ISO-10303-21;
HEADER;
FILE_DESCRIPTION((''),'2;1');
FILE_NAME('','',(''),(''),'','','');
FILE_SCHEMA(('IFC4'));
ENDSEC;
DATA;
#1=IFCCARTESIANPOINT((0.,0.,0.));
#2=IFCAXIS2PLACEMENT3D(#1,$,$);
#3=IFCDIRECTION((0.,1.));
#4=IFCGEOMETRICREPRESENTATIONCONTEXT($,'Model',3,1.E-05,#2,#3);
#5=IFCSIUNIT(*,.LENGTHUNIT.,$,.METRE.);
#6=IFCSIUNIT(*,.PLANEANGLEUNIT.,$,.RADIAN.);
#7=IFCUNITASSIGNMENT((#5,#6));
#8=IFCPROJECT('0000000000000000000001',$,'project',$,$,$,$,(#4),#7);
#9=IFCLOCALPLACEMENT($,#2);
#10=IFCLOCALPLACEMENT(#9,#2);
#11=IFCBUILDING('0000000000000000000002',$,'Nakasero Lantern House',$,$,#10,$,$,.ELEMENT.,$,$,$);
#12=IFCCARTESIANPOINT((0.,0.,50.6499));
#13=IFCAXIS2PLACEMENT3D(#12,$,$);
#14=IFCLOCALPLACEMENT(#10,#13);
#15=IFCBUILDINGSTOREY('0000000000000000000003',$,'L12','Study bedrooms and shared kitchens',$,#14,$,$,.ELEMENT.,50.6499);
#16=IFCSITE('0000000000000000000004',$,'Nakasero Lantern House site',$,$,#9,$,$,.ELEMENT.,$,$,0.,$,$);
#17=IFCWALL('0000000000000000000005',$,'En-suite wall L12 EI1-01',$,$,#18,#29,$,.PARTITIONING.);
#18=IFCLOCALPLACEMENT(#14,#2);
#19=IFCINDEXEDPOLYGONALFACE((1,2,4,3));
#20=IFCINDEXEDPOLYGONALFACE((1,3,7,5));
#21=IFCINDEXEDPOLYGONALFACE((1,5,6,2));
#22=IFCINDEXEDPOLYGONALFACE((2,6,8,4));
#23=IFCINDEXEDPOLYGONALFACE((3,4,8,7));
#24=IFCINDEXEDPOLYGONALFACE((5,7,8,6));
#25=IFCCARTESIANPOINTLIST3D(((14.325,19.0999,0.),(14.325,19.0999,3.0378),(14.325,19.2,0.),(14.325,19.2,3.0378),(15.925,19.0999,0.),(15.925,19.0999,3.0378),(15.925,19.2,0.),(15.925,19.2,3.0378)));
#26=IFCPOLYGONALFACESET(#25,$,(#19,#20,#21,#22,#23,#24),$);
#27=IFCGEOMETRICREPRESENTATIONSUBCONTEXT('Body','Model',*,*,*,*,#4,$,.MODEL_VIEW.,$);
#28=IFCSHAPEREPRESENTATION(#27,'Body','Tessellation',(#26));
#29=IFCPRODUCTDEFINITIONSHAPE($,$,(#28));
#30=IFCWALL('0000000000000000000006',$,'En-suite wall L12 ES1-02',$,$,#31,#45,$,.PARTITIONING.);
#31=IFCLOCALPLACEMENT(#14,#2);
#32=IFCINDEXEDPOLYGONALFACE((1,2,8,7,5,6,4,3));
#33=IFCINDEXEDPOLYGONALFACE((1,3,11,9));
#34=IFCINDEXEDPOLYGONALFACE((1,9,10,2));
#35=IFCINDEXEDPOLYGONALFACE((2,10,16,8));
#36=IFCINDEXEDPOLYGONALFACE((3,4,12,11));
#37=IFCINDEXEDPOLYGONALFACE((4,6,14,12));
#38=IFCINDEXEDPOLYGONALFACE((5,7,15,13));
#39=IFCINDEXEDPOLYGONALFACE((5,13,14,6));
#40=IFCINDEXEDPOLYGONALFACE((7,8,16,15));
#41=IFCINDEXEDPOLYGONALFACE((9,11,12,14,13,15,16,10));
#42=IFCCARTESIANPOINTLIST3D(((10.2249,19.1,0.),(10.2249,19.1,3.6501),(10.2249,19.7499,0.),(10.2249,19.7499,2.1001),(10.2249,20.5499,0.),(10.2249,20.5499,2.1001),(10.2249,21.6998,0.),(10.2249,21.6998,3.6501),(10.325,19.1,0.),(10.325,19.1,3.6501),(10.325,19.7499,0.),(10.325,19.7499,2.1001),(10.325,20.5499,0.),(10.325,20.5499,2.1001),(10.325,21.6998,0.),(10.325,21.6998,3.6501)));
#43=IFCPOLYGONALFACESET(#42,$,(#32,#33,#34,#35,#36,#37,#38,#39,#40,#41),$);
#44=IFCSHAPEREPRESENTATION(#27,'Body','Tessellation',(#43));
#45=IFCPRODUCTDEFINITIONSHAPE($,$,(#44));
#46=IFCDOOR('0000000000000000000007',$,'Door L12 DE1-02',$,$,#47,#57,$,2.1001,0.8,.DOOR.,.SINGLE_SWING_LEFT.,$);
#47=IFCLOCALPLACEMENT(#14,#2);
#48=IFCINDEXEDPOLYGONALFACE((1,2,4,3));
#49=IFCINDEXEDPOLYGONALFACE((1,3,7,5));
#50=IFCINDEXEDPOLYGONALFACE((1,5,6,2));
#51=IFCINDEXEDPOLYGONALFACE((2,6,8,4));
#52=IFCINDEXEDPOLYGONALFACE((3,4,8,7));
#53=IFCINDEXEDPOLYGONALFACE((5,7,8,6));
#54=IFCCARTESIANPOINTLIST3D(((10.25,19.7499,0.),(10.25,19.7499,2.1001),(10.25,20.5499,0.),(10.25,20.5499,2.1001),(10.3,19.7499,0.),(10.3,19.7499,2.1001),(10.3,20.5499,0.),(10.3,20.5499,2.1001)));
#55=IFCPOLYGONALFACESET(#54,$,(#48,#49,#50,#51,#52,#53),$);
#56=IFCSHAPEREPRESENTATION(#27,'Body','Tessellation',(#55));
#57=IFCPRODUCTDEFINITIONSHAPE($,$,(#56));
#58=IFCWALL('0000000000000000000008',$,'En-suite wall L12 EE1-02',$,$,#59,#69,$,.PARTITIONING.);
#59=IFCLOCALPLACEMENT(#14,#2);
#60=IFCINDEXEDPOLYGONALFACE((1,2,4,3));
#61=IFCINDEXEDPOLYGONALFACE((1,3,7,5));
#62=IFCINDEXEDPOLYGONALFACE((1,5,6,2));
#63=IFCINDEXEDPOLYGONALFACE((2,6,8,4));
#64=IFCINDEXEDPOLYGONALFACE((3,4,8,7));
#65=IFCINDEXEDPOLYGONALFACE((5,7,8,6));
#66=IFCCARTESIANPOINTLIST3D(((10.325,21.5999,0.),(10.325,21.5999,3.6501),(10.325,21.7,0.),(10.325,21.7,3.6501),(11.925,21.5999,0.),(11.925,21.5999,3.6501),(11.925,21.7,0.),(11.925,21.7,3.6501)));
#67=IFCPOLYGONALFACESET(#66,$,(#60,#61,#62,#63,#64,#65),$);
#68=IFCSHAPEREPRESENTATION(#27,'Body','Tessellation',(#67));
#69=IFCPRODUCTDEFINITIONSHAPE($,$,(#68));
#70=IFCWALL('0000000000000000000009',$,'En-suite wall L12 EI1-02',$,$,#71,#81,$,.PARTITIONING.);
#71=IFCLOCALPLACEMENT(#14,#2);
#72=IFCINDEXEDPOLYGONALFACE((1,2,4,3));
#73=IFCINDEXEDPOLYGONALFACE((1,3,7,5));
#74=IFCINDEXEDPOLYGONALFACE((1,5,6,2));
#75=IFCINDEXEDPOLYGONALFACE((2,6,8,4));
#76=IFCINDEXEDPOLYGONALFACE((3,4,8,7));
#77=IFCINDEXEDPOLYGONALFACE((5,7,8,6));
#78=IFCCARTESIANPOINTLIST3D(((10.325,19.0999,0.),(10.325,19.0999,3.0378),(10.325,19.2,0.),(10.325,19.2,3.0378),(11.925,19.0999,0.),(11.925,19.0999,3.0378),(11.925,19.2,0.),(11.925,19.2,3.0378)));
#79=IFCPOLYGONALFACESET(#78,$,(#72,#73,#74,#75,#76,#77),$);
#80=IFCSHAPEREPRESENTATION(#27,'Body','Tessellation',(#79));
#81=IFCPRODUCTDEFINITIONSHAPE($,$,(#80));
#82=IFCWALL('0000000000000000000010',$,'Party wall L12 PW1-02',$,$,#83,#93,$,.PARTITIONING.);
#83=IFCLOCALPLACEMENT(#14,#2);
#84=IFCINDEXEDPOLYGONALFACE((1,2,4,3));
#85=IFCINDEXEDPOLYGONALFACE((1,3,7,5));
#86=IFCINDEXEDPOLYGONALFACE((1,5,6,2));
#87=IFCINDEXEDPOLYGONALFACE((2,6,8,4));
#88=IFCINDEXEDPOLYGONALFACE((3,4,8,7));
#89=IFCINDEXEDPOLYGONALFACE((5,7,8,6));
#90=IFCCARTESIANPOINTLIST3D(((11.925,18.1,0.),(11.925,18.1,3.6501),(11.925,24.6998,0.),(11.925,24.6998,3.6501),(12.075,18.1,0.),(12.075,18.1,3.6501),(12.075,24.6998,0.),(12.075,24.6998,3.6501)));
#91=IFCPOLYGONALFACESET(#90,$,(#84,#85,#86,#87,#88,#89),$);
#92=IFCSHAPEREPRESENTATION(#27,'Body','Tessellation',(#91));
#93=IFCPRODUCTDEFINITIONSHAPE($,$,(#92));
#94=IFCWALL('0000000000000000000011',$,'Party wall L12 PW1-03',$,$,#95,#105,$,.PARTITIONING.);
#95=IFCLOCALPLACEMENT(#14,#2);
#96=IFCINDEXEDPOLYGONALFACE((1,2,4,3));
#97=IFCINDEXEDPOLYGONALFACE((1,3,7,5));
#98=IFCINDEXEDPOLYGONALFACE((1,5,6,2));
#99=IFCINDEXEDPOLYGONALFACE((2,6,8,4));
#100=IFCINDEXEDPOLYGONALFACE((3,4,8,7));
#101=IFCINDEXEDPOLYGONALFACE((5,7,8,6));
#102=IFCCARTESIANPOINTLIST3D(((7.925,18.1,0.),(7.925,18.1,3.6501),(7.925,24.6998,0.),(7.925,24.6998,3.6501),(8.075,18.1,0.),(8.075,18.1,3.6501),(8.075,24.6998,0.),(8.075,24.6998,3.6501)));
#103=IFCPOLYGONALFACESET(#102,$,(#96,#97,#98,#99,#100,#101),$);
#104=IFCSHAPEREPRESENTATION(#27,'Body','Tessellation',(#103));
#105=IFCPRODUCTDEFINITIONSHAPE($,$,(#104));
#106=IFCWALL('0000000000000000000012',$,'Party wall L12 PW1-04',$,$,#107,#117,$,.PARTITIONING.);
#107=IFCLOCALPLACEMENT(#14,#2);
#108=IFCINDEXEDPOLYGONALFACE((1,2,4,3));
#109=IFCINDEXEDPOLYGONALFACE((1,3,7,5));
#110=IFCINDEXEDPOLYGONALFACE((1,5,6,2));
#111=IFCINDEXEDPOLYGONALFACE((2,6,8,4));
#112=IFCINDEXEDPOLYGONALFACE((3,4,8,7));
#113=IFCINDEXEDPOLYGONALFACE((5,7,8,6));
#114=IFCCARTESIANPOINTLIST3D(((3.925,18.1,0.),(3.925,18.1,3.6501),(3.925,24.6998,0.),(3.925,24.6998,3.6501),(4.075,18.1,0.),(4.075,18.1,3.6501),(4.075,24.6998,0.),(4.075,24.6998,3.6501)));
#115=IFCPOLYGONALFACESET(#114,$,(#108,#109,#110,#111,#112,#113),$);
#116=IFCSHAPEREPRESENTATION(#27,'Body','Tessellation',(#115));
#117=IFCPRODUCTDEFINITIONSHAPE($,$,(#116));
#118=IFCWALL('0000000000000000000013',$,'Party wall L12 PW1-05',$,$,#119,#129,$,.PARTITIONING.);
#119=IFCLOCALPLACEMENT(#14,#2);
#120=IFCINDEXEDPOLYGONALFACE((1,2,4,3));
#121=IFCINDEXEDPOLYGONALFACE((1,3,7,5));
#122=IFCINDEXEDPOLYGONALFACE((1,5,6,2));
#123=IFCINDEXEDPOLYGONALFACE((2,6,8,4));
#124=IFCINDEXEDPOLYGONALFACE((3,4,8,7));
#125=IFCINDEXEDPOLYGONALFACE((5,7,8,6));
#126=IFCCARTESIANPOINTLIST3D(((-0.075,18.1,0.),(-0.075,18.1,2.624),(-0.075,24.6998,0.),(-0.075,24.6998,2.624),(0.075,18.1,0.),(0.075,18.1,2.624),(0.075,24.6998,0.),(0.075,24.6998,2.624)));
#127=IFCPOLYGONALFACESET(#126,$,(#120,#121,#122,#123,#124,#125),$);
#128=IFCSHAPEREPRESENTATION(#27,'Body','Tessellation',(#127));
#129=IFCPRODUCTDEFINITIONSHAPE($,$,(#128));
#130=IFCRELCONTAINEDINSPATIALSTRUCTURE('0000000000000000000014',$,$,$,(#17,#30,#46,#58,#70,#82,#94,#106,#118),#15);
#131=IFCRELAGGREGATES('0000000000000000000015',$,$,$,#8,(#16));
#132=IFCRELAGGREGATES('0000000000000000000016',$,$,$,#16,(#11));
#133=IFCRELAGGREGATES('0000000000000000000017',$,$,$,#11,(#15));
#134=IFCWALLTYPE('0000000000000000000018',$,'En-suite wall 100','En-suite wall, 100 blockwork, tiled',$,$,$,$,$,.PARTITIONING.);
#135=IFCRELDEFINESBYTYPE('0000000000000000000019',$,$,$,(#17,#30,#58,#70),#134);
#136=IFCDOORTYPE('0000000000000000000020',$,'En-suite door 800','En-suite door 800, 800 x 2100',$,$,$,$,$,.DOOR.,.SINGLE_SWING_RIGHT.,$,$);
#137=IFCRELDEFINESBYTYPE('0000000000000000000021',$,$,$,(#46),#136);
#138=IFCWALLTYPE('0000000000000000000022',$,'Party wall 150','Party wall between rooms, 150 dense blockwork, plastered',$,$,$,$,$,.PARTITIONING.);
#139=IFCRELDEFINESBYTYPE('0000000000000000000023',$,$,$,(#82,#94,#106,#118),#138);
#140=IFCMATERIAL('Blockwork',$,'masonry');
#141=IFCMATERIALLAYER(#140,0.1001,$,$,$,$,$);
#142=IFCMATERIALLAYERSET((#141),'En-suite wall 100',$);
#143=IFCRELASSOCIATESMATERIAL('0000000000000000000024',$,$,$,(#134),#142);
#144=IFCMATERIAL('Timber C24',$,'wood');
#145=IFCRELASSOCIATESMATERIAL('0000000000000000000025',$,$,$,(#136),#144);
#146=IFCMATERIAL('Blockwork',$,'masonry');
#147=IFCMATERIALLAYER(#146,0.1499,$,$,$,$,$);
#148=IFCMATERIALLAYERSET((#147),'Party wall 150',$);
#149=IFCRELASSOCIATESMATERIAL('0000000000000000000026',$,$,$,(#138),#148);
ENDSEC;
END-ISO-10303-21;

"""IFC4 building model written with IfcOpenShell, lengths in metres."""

from ifc_helpers import new_model, si_unit, direction, frame, frame_2d, origin, place, context, subcontext, project, spatial, rectangle, extrude, material, layer, layer_set, type_object, element, fill, save


model = new_model("IFC4")

# Units and contexts
model_context = context("Model", 3, precision=1e-05, world=origin(), true_north=direction((0.0, 1.0)))
body_context = subcontext(model_context, "Body", "Model", "MODEL_VIEW")
ifc_project = project(units=[si_unit("LENGTHUNIT", "METRE"), si_unit("PLANEANGLEUNIT", "RADIAN")], contexts=[model_context])

# Site, building, storey
site_placement = place(None, origin())
site = spatial("IfcSite", under=ifc_project, at=site_placement, Name="Nakasero Lantern House site", CompositionType="ELEMENT", RefElevation=0.0)
building_placement = place(site_placement, origin())
building = spatial("IfcBuilding", under=site, at=building_placement, Name="Nakasero Lantern House", CompositionType="ELEMENT")
storey_placement = place(building_placement, frame((0.0, 0.0, 50.6499)))
storey = spatial("IfcBuildingStorey", under=building, at=storey_placement, Name="L12", Description="Study bedrooms and shared kitchens", CompositionType="ELEMENT", Elevation=50.6499)

# Shared definitions
ifc_material_1 = material(Name="Blockwork", Category="masonry")
ifc_layer_1 = layer(ifc_material_1, 0.1001)
ifc_layer_set_1 = layer_set([ifc_layer_1], Name="En-suite wall 100")
wall_type_1 = type_object("IfcWallType", Name="En-suite wall 100", Description="En-suite wall, 100 blockwork, tiled", PredefinedType="PARTITIONING", material=ifc_layer_set_1)
ifc_material_2 = material(Name="Timber C24", Category="wood")
door_type_1 = type_object("IfcDoorType", Name="En-suite door 800", Description="En-suite door 800, 800 x 2100", OperationType="SINGLE_SWING_RIGHT", PredefinedType="DOOR", material=ifc_material_2)

# Wall
wall_1_placement = place(storey_placement, frame((15.925, 19.1499, 0.0), z_axis=(0.0, 0.0, 1.0), x_axis=(-1.0, 0.0, 0.0)))
element("IfcWall", 1, at=wall_1_placement, inside=storey, type_object=wall_type_1, Name="En-suite wall L12 EI1-01", PredefinedType="PARTITIONING", context=body_context, shape_type="SweptSolid", body=[
    extrude(rectangle(XDim=1.6001, YDim=0.1001, at=frame_2d((0.8, 0.0))), origin(), (0.0, 0.0, 1.0), 3.0378),
])

# Wall, opening, door
wall_2_placement = place(storey_placement, frame((10.2749, 19.1001, 0.0), z_axis=(0.0, 0.0, 1.0), x_axis=(0.0, 1.0, 0.0)))
wall_2 = element("IfcWall", 2, at=wall_2_placement, inside=storey, type_object=wall_type_1, Name="En-suite wall L12 ES1-02", PredefinedType="PARTITIONING", context=body_context, shape_type="SweptSolid", body=[
    extrude(rectangle(XDim=2.5999, YDim=0.1001, at=frame_2d((1.2998, 0.0))), origin(), (0.0, 0.0, 1.0), 3.6501),
])
opening_1_placement = place(wall_2_placement, frame((0.6499, 0.0, 0.0)))
opening_1 = element("IfcOpeningElement", 3, at=opening_1_placement, cuts=wall_2, PredefinedType="OPENING", context=body_context, shape_type="SweptSolid", body=[
    extrude(rectangle(XDim=0.8, YDim=2.1001, at=frame_2d((0.3999, 1.05))), frame((0.0, 0.0701, 0.0), z_axis=(0.0, -1.0, 0.0), x_axis=(1.0, 0.0, 0.0)), (0.0, 0.0, 1.0), 0.1401),
])
door_1_placement = place(opening_1_placement, origin())
door_1 = element("IfcDoor", 4, at=door_1_placement, inside=storey, type_object=door_type_1, Name="Door L12 DE1-02", OperationType="SINGLE_SWING_LEFT", OverallHeight=2.1001, OverallWidth=0.8, PredefinedType="DOOR", context=body_context, shape_type="SweptSolid", body=[
    extrude(rectangle(XDim=0.8, YDim=2.1001, at=frame_2d((0.3999, 1.05))), frame((0.0, 0.0249, 0.0), z_axis=(0.0, -1.0, 0.0), x_axis=(1.0, 0.0, 0.0)), (0.0, 0.0, 1.0), 0.05),
])
fill(opening_1, door_1)

# Walls
wall_3_placement = place(storey_placement, frame((11.925, 21.6499, 0.0), z_axis=(0.0, 0.0, 1.0), x_axis=(-1.0, 0.0, 0.0)))
element("IfcWall", 5, at=wall_3_placement, inside=storey, type_object=wall_type_1, Name="En-suite wall L12 EE1-02", PredefinedType="PARTITIONING", context=body_context, shape_type="SweptSolid", body=[
    extrude(rectangle(XDim=1.6001, YDim=0.1001, at=frame_2d((0.8, 0.0))), origin(), (0.0, 0.0, 1.0), 3.6501),
])
wall_4_placement = place(storey_placement, frame((11.925, 19.1499, 0.0), z_axis=(0.0, 0.0, 1.0), x_axis=(-1.0, 0.0, 0.0)))
element("IfcWall", 6, at=wall_4_placement, inside=storey, type_object=wall_type_1, Name="En-suite wall L12 EI1-02", PredefinedType="PARTITIONING", context=body_context, shape_type="SweptSolid", body=[
    extrude(rectangle(XDim=1.6001, YDim=0.1001, at=frame_2d((0.8, 0.0))), origin(), (0.0, 0.0, 1.0), 3.0378),
])
ifc_material_3 = material(Name="Blockwork", Category="masonry")
ifc_layer_2 = layer(ifc_material_3, 0.1499)
ifc_layer_set_2 = layer_set([ifc_layer_2], Name="Party wall 150")
wall_type_2 = type_object("IfcWallType", Name="Party wall 150", Description="Party wall between rooms, 150 dense blockwork, plastered", PredefinedType="PARTITIONING", material=ifc_layer_set_2)
for number, where, z_axis, x_axis, name in (
    (7, (12.0, 18.1001, 0.0), (0.0, 0.0, 1.0), (0.0, 1.0, 0.0), "Party wall L12 PW1-02"),
    (8, (8.0, 18.1001, 0.0), (0.0, 0.0, 1.0), (0.0, 1.0, 0.0), "Party wall L12 PW1-03"),
    (9, (4.0, 18.1001, 0.0), (0.0, 0.0, 1.0), (0.0, 1.0, 0.0), "Party wall L12 PW1-04"),
):
    element("IfcWall", number, at=place(storey_placement, frame(where, z_axis=z_axis, x_axis=x_axis)), inside=storey, type_object=wall_type_2, Name=name, PredefinedType="PARTITIONING", context=body_context, shape_type="SweptSolid", body=[
        extrude(rectangle(XDim=6.5999, YDim=0.1499, at=frame_2d((3.2998, 0.0))), origin(), (0.0, 0.0, 1.0), 3.6501),
    ])
wall_5_placement = place(storey_placement, frame((0.0, 18.1001, 0.0), z_axis=(0.0, 0.0, 1.0), x_axis=(0.0, 1.0, 0.0)))
element("IfcWall", 10, at=wall_5_placement, inside=storey, type_object=wall_type_2, Name="Party wall L12 PW1-05", PredefinedType="PARTITIONING", context=body_context, shape_type="SweptSolid", body=[
    extrude(rectangle(XDim=6.5999, YDim=0.1499, at=frame_2d((3.2998, 0.0))), origin(), (0.0, 0.0, 1.0), 2.624),
])

save(model, "model.ifc")
